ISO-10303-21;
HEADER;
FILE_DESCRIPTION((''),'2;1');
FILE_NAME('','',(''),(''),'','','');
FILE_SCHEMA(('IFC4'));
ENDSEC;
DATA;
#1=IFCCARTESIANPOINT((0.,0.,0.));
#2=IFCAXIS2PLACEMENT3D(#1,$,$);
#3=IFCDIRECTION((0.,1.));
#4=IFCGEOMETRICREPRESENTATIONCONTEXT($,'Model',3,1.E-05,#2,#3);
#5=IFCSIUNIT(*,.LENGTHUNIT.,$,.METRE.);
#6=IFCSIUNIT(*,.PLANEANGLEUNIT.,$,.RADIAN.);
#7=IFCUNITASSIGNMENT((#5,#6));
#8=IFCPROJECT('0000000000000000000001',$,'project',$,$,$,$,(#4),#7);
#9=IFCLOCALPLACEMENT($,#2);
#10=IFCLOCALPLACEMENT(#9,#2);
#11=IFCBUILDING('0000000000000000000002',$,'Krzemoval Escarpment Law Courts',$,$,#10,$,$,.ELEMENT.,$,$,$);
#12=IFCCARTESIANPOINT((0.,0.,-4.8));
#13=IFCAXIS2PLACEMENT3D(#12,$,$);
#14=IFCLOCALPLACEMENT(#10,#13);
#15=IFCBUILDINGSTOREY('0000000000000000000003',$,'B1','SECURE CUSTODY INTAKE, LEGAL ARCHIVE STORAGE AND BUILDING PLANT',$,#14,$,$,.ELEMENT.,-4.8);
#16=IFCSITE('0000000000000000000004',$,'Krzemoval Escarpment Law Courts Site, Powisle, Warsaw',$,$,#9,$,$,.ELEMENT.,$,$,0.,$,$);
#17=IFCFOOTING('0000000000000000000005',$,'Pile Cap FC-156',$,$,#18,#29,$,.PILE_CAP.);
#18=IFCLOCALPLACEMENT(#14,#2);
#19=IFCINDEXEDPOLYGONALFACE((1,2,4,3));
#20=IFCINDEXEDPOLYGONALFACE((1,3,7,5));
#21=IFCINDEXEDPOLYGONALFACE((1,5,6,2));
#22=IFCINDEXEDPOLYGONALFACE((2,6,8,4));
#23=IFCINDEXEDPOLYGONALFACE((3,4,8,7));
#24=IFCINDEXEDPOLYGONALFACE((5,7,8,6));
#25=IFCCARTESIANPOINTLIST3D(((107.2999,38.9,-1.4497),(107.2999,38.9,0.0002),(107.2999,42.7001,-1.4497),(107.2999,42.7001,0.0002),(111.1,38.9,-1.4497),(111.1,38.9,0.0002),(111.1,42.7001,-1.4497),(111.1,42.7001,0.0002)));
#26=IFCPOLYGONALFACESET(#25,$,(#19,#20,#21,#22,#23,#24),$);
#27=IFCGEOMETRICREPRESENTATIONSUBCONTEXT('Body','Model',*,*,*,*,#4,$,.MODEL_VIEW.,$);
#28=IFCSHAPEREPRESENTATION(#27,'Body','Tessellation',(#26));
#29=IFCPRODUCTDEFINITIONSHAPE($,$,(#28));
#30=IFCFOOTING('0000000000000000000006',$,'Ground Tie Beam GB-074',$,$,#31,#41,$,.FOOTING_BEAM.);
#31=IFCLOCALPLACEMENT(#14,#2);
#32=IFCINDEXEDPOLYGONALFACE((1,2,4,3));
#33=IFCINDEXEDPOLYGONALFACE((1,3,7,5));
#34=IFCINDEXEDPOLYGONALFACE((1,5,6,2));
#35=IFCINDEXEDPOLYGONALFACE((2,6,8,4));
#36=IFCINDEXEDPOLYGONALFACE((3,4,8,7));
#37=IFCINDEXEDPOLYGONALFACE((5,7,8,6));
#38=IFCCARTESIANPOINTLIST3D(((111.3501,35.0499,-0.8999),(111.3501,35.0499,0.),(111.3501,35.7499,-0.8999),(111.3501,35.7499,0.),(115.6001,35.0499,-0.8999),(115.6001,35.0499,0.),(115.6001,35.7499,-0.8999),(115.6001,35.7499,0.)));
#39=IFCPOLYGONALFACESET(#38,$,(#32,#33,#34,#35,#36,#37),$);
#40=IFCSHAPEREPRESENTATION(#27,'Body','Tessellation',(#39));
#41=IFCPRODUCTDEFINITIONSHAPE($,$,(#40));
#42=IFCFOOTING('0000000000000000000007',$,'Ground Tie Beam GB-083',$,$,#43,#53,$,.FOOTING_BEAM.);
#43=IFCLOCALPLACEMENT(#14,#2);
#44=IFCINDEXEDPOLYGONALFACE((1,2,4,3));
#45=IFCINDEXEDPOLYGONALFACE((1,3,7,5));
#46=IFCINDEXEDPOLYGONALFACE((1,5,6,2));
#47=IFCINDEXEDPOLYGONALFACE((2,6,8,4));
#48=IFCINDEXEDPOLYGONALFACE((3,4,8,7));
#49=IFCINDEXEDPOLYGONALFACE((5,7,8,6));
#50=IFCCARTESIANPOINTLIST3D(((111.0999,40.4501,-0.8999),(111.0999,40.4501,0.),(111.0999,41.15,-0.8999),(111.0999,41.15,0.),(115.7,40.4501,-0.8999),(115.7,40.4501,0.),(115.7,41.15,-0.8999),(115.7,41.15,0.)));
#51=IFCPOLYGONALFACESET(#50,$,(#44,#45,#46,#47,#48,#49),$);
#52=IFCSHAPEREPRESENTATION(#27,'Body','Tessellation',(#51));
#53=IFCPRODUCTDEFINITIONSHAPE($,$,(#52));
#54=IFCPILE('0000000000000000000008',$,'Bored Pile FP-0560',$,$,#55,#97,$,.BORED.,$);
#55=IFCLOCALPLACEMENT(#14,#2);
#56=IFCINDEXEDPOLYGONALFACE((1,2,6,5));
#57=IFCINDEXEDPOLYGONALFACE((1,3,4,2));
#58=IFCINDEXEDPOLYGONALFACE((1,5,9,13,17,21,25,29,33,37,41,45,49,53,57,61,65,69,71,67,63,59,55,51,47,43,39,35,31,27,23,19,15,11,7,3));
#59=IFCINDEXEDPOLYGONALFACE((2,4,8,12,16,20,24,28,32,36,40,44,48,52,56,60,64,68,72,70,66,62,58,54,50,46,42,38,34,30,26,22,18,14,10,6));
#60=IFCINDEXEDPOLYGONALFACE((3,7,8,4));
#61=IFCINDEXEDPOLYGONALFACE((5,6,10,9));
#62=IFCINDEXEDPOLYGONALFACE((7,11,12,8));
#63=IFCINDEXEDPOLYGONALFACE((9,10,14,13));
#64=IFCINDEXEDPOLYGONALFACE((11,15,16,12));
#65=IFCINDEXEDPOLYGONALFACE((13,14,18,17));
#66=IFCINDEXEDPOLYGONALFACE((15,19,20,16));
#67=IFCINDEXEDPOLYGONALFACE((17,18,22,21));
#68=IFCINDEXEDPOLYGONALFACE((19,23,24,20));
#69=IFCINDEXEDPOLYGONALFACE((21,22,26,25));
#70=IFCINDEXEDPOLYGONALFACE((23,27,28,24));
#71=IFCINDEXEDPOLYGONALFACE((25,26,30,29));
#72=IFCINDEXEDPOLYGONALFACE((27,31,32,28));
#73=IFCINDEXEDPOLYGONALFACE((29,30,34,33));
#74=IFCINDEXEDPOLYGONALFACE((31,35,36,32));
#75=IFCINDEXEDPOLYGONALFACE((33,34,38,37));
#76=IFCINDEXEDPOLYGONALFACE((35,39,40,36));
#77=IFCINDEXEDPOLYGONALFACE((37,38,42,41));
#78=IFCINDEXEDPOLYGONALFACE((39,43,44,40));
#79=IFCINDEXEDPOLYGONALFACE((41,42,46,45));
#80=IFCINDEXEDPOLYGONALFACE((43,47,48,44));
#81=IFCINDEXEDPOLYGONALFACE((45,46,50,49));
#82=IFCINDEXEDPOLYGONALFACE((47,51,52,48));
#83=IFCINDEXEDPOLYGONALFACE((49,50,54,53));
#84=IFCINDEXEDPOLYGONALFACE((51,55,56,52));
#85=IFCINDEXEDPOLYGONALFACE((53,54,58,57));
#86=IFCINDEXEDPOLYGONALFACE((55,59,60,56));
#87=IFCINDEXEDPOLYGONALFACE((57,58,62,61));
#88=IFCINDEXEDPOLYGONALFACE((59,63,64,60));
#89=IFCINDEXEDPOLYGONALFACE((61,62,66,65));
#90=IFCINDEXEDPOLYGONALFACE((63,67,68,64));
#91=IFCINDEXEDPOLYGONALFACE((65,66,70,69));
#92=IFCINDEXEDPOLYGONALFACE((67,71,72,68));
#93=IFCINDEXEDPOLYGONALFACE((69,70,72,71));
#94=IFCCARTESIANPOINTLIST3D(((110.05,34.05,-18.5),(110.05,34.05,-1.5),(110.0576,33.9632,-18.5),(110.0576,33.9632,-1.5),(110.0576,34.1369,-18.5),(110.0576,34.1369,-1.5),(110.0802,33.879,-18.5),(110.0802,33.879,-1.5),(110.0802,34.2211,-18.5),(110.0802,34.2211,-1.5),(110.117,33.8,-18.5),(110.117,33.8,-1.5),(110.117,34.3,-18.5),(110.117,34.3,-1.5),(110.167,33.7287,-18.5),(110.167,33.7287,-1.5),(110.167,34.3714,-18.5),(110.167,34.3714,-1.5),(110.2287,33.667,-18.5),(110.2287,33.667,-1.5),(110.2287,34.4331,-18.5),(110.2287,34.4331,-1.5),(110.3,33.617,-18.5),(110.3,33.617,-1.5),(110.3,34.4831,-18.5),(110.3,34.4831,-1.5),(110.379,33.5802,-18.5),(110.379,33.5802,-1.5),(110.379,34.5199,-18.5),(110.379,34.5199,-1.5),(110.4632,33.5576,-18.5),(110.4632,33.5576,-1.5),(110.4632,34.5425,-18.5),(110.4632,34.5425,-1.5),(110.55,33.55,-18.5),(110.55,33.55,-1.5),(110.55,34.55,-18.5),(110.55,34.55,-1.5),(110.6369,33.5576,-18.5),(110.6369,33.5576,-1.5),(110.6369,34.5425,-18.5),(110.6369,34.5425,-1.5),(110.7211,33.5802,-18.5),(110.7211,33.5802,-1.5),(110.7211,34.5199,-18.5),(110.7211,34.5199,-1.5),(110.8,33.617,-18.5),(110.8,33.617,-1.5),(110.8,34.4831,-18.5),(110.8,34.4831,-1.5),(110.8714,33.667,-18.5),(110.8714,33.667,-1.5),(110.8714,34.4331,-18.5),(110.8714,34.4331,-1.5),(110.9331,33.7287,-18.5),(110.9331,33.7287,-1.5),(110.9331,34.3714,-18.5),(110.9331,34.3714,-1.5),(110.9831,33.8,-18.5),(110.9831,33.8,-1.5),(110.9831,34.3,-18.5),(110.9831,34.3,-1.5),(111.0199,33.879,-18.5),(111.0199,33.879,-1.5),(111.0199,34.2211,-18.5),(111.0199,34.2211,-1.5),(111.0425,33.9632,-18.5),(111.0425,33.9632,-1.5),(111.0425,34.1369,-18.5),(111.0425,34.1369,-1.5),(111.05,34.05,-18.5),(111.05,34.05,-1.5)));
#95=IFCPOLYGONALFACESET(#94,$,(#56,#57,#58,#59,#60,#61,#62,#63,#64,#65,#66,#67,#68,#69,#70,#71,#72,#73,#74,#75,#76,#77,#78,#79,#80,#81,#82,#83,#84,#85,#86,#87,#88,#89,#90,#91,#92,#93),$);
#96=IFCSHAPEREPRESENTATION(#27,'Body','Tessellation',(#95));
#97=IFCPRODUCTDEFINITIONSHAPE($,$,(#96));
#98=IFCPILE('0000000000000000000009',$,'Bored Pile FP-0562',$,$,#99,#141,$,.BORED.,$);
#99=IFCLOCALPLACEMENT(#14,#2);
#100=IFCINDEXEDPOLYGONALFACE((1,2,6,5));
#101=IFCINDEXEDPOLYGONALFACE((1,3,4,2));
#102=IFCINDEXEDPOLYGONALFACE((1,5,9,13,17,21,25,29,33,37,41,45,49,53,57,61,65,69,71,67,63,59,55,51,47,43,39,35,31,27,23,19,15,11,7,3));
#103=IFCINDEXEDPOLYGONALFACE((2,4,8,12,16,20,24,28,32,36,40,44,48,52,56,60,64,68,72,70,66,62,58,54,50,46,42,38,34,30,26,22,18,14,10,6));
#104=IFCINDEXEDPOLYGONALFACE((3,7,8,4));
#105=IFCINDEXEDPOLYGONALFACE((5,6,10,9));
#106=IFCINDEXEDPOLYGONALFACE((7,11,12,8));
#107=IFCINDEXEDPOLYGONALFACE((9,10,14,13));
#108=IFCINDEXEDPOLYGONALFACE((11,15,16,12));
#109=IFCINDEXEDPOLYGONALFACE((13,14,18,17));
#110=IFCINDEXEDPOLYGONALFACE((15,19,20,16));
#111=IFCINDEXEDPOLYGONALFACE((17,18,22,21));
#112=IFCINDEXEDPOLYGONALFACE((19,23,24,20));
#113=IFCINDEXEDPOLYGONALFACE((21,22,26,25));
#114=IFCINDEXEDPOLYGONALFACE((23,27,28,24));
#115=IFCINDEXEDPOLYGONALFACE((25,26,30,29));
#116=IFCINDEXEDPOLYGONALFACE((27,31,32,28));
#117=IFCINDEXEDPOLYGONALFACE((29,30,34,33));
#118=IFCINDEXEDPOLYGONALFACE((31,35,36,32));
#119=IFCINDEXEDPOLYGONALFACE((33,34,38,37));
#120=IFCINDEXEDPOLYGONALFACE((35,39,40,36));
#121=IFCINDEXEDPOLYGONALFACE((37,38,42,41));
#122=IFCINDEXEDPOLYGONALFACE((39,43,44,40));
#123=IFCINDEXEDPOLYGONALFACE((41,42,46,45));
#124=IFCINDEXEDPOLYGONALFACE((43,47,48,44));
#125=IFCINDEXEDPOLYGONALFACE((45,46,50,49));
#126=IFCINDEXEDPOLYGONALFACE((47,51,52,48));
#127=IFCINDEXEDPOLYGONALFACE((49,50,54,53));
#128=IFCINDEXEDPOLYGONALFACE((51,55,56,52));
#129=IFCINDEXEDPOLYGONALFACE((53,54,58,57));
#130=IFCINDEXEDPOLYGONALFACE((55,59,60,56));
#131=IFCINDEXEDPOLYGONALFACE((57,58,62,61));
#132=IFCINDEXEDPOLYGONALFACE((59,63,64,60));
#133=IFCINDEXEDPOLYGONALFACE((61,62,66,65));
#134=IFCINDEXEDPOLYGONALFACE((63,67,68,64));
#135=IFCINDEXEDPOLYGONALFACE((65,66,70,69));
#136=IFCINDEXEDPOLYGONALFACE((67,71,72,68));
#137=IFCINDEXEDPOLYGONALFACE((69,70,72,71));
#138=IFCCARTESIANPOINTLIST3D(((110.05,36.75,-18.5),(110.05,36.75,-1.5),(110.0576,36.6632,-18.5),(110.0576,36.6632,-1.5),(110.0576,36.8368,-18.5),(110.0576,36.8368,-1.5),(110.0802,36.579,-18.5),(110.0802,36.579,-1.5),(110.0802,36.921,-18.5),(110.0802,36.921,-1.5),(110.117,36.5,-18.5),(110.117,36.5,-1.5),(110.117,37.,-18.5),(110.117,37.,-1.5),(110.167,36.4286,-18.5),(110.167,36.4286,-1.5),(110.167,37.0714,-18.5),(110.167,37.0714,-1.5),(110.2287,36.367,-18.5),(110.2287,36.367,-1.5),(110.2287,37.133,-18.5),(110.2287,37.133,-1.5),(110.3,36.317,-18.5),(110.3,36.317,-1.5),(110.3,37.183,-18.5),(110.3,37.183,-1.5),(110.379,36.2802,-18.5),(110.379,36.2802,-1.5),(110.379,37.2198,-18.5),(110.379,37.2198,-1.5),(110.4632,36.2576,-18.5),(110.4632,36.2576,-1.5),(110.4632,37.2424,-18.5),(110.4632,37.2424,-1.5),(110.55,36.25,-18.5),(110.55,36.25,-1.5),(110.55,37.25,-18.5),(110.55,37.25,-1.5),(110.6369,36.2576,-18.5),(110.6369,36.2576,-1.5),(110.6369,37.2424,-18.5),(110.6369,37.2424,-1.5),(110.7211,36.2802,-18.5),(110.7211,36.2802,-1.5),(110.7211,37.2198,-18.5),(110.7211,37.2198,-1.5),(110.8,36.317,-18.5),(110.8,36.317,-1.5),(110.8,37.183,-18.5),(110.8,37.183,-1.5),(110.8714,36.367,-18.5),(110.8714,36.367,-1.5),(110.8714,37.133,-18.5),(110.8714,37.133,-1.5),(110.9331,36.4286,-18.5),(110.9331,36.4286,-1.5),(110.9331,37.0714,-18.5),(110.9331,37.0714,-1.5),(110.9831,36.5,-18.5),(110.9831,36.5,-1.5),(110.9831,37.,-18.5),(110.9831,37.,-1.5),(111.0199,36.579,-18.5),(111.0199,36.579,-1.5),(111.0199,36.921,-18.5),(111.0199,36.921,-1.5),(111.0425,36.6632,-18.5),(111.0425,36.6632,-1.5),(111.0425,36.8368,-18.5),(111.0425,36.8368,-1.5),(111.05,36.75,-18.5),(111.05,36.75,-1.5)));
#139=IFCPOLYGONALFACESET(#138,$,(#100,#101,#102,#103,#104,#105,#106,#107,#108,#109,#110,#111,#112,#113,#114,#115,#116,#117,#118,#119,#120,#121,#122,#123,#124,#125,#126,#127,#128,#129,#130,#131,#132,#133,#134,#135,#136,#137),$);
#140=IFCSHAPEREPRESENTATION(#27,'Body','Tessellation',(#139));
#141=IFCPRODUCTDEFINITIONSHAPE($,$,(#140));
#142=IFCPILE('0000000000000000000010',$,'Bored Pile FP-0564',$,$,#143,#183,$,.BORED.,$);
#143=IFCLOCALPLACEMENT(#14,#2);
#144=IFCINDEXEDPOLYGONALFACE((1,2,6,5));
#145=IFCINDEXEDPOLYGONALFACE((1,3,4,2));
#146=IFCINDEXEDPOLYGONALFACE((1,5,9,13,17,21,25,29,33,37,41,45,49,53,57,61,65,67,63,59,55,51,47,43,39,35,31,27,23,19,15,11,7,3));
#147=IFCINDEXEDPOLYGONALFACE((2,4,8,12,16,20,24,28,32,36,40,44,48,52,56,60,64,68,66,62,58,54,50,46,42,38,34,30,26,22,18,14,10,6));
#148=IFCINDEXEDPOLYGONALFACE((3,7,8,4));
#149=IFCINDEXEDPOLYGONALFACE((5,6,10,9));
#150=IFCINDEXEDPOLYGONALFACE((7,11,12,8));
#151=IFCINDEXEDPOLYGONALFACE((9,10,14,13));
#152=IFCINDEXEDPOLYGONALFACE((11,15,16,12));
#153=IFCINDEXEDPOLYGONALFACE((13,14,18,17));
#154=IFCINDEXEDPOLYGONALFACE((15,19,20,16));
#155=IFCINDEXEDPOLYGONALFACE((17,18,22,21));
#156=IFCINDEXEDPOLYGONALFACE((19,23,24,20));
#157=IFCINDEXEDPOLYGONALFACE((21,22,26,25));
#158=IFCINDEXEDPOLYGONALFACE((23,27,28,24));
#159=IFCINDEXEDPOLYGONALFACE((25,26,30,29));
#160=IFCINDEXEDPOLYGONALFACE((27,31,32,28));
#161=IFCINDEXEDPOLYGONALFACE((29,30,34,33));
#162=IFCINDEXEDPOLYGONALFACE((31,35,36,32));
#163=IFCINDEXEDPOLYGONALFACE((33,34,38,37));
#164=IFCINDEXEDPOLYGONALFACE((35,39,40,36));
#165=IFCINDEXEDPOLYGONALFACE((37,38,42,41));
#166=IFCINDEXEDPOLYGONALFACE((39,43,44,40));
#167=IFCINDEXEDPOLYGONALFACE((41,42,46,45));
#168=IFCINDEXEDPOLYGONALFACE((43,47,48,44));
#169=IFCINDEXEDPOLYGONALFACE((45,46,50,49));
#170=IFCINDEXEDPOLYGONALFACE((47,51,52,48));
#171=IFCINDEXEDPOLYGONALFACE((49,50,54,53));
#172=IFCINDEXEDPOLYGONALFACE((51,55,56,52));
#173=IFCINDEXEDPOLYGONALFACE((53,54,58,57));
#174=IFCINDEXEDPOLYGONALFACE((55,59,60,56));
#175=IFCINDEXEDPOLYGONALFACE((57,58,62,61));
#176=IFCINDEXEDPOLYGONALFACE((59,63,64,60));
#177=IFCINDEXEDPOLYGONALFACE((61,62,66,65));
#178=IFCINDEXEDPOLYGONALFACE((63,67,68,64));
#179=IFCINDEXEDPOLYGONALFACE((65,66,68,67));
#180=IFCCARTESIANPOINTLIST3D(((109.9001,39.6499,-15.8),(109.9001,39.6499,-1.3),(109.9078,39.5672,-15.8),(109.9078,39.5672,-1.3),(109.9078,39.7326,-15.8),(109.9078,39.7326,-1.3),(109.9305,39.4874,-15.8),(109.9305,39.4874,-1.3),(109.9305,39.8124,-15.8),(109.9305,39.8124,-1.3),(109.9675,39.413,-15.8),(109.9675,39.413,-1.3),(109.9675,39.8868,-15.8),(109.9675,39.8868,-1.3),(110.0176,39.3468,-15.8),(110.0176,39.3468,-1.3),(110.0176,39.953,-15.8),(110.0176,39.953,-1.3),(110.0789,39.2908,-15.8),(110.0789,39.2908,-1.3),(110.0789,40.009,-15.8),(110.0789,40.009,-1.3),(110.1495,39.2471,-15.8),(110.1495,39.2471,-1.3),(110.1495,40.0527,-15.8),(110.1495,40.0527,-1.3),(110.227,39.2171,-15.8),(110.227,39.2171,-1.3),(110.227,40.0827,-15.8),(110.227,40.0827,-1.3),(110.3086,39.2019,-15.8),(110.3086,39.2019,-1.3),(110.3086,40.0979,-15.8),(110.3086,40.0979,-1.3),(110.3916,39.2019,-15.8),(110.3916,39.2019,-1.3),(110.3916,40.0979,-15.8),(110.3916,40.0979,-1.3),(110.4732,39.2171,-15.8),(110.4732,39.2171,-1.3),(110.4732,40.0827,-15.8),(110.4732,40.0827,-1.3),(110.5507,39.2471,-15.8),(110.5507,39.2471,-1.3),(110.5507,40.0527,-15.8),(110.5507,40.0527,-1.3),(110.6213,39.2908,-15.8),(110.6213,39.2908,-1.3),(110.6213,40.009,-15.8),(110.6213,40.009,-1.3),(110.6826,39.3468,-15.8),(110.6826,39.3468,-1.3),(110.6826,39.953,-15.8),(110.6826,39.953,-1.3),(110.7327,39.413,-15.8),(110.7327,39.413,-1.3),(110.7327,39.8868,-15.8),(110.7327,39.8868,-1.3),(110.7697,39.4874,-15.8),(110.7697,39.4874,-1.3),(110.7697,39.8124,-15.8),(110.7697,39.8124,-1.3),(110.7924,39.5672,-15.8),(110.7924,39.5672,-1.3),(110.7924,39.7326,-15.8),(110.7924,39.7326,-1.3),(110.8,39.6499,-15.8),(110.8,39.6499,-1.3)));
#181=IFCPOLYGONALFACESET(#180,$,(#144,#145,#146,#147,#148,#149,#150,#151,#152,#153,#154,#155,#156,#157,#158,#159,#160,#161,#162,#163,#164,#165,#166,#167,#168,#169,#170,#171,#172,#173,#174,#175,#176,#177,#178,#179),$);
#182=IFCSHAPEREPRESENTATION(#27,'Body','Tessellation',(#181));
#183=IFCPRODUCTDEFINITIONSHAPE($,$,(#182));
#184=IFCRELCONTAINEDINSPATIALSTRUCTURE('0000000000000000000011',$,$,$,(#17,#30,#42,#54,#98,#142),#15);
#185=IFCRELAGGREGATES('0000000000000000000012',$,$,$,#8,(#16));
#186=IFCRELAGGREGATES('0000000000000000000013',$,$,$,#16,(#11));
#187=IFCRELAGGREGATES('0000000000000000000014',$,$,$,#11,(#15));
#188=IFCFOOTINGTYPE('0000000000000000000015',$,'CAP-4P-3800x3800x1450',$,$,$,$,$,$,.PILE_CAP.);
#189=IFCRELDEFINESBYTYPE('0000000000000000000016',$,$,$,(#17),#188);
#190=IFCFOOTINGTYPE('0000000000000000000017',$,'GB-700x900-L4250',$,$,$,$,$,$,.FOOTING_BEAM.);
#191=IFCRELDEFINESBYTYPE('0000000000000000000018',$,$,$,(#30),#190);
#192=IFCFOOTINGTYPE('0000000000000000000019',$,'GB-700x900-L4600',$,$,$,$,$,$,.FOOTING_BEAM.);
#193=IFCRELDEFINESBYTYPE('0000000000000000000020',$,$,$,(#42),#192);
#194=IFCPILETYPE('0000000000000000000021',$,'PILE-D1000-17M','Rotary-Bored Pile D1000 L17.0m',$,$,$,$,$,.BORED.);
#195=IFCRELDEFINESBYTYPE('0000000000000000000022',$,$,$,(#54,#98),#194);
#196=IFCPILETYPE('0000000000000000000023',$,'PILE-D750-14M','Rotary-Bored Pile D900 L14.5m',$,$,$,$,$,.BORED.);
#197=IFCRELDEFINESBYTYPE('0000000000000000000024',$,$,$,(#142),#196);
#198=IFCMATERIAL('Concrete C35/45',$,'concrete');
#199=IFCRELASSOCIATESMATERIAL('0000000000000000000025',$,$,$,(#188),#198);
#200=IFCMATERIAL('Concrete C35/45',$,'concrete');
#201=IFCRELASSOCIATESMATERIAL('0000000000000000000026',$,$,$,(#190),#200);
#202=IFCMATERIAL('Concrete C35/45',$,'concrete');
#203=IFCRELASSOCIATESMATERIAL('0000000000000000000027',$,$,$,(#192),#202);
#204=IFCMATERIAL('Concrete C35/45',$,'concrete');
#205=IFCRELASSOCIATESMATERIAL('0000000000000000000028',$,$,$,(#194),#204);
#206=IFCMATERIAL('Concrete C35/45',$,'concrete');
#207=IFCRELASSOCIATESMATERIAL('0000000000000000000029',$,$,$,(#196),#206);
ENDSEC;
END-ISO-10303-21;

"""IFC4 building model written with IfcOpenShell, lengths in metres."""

from ifc_helpers import new_model, si_unit, direction, frame, origin, origin_2d, place, context, subcontext, project, spatial, rectangle, circle, extrude, material, material_profile, profile_set, type_object, element, save


model = new_model("IFC4")

# Units and contexts
model_context = context("Model", 3, precision=1e-05, world=origin(), true_north=direction((0.0, 1.0)))
body_context = subcontext(model_context, "Body", "Model", "MODEL_VIEW")
ifc_project = project(units=[si_unit("LENGTHUNIT", "METRE"), si_unit("PLANEANGLEUNIT", "RADIAN")], contexts=[model_context])

# Site, building, storey
site_placement = place(None, origin())
site = spatial("IfcSite", under=ifc_project, at=site_placement, Name="Krzemoval Escarpment Law Courts Site, Powisle, Warsaw", CompositionType="ELEMENT", RefElevation=0.0)
building_placement = place(site_placement, origin())
building = spatial("IfcBuilding", under=site, at=building_placement, Name="Krzemoval Escarpment Law Courts", CompositionType="ELEMENT")
storey_placement = place(building_placement, frame((0.0, 0.0, -4.8)))
storey = spatial("IfcBuildingStorey", under=building, at=storey_placement, Name="B1", Description="SECURE CUSTODY INTAKE, LEGAL ARCHIVE STORAGE AND BUILDING PLANT", CompositionType="ELEMENT", Elevation=-4.8)

# Footings
ifc_material_1 = material(Name="Concrete C35/45", Category="concrete")
footing_type_1 = type_object("IfcFootingType", Name="CAP-4P-3800x3800x1450", PredefinedType="PILE_CAP", material=ifc_material_1)
footing_1_placement = place(storey_placement, frame((109.2, 40.8, -1.4497), z_axis=(0.0, 0.0, 1.0), x_axis=(1.0, 0.0, 0.0)))
element("IfcFooting", 1, at=footing_1_placement, inside=storey, type_object=footing_type_1, Name="Pile Cap FC-156", PredefinedType="PILE_CAP", context=body_context, shape_type="SweptSolid", body=[
    extrude(rectangle(XDim=3.8, YDim=3.8, at=origin_2d()), origin(), (0.0, 0.0, 1.0), 1.45),
])
ifc_material_2 = material(Name="Concrete C35/45", Category="concrete")
footing_type_2 = type_object("IfcFootingType", Name="GB-700x900-L4250", PredefinedType="FOOTING_BEAM", material=ifc_material_2)
footing_2_placement = place(storey_placement, frame((113.4751, 35.3999, -0.8999), z_axis=(0.0, 0.0, 1.0), x_axis=(1.0, 0.0, 0.0)))
element("IfcFooting", 2, at=footing_2_placement, inside=storey, type_object=footing_type_2, Name="Ground Tie Beam GB-074", PredefinedType="FOOTING_BEAM", context=body_context, shape_type="SweptSolid", body=[
    extrude(rectangle(XDim=4.25, YDim=0.7, at=origin_2d()), origin(), (0.0, 0.0, 1.0), 0.8999),
])
ifc_material_3 = material(Name="Concrete C35/45", Category="concrete")
footing_type_3 = type_object("IfcFootingType", Name="GB-700x900-L4600", PredefinedType="FOOTING_BEAM", material=ifc_material_3)
footing_3_placement = place(storey_placement, frame((113.3999, 40.8, -0.8999), z_axis=(0.0, 0.0, 1.0), x_axis=(1.0, 0.0, 0.0)))
element("IfcFooting", 3, at=footing_3_placement, inside=storey, type_object=footing_type_3, Name="Ground Tie Beam GB-083", PredefinedType="FOOTING_BEAM", context=body_context, shape_type="SweptSolid", body=[
    extrude(rectangle(XDim=4.6001, YDim=0.7, at=origin_2d()), origin(), (0.0, 0.0, 1.0), 0.8999),
])

# Piles
ifc_material_4 = material(Name="Concrete C35/45", Category="concrete")
ifc_material_profile_1 = material_profile(ifc_material_4, circle(Radius=0.5, at=origin_2d()), Name="PILE D1000")
ifc_profile_set_1 = profile_set([ifc_material_profile_1], Name="Concrete C35/45")
pile_type_1 = type_object("IfcPileType", Name="PILE-D1000-17M", Description="Rotary-Bored Pile D1000 L17.0m", PredefinedType="BORED", material=ifc_profile_set_1)
for number, where, z_axis, x_axis, name in (
    (4, (110.55, 34.05, -1.5), (0.0, 0.0, -1.0), (1.0, 0.0, 0.0), "Bored Pile FP-0560"),
    (5, (110.55, 36.75, -1.5), (0.0, 0.0, -1.0), (1.0, 0.0, 0.0), "Bored Pile FP-0562"),
):
    element("IfcPile", number, at=place(storey_placement, frame(where, z_axis=z_axis, x_axis=x_axis)), inside=storey, type_object=pile_type_1, Name=name, PredefinedType="BORED", context=body_context, shape_type="SweptSolid", body=[
        extrude(circle(Radius=0.5, at=origin_2d()), origin(), (0.0, 0.0, 1.0), 17.0),
    ])
ifc_material_5 = material(Name="Concrete C35/45", Category="concrete")
ifc_material_profile_2 = material_profile(ifc_material_5, circle(Radius=0.45, at=origin_2d()), Name="PILE D900")
ifc_profile_set_2 = profile_set([ifc_material_profile_2], Name="Concrete C35/45")
pile_type_2 = type_object("IfcPileType", Name="PILE-D750-14M", Description="Rotary-Bored Pile D900 L14.5m", PredefinedType="BORED", material=ifc_profile_set_2)
for number, where, z_axis, x_axis, name in (
    (6, (110.3501, 39.6499, -1.3), (0.0, 0.0, -1.0), (1.0, 0.0, 0.0), "Bored Pile FP-0564"),
):
    element("IfcPile", number, at=place(storey_placement, frame(where, z_axis=z_axis, x_axis=x_axis)), inside=storey, type_object=pile_type_2, Name=name, PredefinedType="BORED", context=body_context, shape_type="SweptSolid", body=[
        extrude(circle(Radius=0.45, at=origin_2d()), origin(), (0.0, 0.0, 1.0), 14.5),
    ])

save(model, "model.ifc")
